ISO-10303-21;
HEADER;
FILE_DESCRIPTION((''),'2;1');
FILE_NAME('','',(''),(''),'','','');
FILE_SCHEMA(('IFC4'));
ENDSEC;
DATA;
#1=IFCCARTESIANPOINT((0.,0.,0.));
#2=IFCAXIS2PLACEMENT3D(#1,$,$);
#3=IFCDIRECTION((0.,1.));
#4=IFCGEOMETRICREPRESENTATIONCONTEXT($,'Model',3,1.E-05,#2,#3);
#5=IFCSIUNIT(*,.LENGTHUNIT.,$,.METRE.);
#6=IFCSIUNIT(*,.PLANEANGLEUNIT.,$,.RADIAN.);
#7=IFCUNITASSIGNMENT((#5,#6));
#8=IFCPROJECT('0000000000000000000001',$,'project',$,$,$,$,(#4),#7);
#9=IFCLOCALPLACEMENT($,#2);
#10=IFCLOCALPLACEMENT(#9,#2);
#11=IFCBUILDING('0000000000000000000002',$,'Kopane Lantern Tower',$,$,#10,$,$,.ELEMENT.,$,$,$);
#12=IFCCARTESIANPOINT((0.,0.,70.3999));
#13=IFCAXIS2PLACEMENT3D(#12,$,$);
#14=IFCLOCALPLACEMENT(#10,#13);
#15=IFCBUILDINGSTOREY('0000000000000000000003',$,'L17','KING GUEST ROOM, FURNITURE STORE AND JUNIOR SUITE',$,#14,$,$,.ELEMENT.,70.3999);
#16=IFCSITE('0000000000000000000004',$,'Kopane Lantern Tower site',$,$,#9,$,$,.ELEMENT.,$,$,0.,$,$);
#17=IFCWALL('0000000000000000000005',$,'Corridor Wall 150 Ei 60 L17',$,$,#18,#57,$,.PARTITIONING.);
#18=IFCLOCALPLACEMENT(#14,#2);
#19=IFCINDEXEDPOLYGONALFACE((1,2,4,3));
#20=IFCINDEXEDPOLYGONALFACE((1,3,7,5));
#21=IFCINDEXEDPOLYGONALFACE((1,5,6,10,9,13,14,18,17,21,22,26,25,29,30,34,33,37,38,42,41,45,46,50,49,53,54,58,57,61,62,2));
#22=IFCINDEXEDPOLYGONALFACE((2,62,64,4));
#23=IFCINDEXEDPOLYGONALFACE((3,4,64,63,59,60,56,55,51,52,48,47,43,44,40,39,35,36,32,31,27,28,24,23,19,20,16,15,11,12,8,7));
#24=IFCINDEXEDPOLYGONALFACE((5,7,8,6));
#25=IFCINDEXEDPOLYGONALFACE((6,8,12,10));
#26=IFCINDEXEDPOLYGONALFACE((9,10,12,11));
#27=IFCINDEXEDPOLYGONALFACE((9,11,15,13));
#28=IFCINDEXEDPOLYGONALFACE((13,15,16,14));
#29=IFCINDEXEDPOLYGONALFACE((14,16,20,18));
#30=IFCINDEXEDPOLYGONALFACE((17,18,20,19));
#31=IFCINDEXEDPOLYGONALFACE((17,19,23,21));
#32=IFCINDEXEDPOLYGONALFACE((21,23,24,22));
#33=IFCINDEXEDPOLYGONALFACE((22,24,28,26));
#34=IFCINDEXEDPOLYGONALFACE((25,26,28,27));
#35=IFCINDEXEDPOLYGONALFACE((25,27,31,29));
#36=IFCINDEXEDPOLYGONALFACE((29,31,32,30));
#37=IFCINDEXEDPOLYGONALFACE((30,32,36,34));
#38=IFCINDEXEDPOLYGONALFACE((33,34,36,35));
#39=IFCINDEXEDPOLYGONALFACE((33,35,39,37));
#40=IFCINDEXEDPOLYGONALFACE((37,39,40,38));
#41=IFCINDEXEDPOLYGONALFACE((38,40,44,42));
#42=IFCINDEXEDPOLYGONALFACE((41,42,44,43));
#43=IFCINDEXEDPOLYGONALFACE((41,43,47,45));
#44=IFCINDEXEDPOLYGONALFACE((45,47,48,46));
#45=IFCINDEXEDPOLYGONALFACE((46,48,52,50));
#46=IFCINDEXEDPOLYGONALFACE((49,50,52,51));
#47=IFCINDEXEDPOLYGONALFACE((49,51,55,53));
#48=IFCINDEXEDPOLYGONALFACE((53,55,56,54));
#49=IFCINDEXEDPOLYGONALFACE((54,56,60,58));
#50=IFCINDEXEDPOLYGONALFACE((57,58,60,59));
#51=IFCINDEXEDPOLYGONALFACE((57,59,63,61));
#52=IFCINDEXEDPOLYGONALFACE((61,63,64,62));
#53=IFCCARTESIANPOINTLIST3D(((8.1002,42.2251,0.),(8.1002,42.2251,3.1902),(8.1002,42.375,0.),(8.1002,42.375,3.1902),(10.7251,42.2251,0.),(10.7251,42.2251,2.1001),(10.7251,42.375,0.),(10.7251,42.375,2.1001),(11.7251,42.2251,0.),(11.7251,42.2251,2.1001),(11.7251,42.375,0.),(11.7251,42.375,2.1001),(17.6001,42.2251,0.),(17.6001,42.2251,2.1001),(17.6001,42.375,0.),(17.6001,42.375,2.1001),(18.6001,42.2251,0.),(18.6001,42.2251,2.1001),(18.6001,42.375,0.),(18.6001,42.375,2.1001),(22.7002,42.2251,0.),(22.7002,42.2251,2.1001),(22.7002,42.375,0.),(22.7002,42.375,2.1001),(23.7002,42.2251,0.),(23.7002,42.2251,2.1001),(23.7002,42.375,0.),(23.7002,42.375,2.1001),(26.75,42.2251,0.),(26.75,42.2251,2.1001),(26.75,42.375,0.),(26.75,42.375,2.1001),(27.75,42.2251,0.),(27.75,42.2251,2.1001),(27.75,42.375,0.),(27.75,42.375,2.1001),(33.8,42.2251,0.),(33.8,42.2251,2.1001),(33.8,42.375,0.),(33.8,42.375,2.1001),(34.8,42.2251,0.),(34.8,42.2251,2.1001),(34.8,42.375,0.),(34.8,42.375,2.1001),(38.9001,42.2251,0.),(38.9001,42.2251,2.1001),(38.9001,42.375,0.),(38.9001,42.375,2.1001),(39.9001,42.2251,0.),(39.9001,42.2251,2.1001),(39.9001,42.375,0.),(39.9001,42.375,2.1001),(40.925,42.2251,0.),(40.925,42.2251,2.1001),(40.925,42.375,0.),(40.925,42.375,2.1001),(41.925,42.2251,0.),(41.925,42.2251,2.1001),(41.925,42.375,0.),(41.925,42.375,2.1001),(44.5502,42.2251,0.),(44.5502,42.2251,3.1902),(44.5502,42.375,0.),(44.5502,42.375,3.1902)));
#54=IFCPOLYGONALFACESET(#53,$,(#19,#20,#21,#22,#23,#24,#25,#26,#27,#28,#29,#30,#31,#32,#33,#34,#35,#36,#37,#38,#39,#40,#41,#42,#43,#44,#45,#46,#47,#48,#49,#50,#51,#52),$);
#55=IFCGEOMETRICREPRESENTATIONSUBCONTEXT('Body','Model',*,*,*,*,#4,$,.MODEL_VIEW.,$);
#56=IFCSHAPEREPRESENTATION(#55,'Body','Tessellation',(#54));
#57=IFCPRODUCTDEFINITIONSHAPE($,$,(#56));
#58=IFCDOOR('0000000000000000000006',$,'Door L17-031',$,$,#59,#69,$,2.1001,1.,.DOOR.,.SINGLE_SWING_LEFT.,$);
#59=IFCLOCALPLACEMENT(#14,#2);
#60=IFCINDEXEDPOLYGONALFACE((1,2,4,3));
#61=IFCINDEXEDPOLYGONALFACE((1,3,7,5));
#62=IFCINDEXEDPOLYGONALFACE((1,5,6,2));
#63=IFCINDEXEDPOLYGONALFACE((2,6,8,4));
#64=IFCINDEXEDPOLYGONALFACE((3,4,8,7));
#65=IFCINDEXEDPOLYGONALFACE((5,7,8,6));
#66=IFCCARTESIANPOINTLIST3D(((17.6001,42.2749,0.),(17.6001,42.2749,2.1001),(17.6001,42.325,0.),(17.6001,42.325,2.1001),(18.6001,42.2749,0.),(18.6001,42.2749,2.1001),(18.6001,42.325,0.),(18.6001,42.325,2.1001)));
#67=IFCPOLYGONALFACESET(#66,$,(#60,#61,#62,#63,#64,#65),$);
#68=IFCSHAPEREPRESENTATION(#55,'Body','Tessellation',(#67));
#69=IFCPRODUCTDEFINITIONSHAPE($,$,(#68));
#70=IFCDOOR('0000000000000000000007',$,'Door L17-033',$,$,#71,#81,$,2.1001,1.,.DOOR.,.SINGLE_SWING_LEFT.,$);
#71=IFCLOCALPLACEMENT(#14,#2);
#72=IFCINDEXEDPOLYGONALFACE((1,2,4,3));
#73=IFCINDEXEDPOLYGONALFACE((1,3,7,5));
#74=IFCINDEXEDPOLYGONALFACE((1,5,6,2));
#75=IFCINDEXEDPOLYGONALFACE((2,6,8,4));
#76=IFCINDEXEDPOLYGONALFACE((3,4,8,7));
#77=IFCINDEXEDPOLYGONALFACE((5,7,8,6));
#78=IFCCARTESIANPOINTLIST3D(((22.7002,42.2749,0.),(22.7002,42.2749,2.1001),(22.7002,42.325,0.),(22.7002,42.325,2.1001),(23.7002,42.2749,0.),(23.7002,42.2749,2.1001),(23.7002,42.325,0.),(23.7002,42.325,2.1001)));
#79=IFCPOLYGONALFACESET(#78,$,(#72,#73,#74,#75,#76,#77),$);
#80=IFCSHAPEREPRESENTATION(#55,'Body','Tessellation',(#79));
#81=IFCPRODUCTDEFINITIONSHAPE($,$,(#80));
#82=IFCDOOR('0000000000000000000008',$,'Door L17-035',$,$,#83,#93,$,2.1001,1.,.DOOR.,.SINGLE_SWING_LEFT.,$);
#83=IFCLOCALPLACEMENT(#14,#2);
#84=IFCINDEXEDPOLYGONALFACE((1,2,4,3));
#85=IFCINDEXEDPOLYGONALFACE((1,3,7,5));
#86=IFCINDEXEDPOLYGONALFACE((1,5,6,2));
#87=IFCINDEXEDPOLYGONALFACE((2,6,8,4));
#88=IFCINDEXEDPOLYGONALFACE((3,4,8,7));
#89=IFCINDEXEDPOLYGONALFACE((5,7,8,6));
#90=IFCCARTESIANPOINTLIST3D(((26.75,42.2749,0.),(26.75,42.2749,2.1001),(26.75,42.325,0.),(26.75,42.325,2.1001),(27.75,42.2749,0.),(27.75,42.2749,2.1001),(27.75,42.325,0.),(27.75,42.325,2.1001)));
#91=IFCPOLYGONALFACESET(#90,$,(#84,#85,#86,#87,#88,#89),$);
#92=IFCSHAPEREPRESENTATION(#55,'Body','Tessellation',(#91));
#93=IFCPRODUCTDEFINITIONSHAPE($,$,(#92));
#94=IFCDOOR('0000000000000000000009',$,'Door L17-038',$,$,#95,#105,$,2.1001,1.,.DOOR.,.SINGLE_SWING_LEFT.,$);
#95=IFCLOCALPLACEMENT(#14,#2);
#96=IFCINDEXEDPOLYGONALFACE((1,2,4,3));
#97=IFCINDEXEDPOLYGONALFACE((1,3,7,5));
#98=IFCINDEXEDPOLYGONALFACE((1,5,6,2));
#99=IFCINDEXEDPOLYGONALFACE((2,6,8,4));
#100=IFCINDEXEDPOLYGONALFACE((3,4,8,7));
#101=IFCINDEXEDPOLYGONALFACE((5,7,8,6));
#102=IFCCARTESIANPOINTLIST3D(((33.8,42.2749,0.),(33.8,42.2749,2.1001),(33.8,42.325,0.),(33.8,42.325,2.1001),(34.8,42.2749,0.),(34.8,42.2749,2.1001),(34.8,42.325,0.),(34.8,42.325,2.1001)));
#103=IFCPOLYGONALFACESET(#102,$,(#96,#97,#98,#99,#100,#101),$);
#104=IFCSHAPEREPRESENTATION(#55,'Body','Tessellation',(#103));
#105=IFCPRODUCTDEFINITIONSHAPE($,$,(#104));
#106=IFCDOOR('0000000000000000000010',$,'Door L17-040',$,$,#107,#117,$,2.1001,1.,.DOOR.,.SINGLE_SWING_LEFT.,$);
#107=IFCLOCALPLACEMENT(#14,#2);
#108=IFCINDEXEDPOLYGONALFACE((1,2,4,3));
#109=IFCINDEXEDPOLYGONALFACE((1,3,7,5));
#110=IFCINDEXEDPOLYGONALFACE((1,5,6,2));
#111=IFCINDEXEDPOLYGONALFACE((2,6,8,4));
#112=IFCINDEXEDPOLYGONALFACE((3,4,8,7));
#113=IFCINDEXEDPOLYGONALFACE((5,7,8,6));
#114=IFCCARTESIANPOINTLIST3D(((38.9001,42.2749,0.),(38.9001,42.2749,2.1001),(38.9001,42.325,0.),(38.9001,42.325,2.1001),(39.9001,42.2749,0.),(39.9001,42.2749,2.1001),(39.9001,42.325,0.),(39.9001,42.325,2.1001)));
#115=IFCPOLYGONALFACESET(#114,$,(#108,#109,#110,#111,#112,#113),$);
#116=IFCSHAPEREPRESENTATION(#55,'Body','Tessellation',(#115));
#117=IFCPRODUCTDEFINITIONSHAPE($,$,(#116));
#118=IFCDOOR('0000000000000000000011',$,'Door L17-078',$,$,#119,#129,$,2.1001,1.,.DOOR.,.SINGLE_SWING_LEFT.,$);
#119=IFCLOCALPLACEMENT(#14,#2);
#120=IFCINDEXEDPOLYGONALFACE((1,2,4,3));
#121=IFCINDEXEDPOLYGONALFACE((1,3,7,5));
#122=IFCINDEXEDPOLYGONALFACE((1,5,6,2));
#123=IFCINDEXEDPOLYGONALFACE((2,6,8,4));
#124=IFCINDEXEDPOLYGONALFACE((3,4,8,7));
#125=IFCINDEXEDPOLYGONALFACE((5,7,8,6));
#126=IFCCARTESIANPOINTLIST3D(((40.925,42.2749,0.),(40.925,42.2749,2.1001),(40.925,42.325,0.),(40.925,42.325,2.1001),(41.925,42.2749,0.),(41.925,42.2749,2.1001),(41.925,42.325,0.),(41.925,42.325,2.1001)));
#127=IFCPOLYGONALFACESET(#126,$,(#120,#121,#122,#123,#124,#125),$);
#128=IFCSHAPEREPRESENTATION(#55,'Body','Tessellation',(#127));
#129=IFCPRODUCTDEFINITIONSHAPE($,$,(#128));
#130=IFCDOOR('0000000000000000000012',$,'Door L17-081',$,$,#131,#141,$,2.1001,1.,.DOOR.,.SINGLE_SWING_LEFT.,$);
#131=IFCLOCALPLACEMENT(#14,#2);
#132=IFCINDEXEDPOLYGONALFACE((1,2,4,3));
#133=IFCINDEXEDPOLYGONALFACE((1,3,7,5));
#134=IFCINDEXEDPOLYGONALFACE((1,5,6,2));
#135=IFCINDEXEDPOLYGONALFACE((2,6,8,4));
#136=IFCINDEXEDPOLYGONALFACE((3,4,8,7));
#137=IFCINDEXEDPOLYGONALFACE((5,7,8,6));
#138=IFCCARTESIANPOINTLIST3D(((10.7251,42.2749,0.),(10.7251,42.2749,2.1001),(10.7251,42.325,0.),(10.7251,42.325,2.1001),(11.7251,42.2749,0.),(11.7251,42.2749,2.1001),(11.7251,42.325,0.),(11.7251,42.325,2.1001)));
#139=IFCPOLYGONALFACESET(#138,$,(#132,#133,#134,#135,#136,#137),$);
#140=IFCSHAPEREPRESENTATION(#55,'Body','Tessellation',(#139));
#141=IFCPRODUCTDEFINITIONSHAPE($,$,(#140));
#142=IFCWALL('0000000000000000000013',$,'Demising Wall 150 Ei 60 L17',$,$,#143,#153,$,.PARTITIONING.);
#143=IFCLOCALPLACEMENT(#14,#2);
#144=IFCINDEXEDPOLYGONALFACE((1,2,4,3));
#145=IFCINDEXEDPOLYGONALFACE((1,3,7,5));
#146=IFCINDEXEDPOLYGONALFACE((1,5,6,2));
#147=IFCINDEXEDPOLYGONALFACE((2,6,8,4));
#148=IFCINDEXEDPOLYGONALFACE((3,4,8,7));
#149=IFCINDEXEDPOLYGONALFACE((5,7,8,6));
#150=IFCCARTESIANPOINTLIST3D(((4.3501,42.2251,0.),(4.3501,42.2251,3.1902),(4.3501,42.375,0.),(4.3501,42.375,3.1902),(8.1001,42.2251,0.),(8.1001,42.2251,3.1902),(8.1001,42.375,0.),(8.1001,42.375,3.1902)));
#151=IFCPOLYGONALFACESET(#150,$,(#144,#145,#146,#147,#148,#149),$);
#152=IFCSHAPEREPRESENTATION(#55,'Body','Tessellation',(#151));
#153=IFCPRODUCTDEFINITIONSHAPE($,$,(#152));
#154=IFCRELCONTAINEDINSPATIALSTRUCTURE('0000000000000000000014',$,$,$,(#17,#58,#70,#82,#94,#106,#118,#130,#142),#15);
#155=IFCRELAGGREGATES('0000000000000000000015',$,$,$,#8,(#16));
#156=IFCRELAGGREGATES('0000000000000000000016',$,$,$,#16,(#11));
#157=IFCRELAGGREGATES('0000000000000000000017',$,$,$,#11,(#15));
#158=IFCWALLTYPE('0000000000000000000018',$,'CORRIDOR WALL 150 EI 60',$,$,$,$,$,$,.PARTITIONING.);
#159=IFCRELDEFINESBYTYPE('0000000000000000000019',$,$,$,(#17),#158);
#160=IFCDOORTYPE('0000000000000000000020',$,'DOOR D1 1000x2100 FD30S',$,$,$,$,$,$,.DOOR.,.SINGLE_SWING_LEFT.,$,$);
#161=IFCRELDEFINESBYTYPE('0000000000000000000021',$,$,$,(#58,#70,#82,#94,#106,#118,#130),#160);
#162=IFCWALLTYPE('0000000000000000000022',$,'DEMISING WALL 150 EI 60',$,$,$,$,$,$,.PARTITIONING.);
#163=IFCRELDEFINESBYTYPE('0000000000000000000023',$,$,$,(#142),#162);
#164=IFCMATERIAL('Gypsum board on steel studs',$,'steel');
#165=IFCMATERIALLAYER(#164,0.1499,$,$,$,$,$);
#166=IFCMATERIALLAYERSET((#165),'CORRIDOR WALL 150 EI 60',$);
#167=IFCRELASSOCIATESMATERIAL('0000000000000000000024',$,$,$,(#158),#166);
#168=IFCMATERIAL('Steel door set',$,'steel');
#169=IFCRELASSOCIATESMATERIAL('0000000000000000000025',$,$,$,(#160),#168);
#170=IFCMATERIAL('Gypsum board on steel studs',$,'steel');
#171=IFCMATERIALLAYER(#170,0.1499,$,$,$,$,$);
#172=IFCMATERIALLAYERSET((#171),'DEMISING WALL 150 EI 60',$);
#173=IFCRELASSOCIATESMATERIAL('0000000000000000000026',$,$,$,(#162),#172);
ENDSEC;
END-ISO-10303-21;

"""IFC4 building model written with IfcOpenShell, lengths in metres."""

from ifc_helpers import new_model, si_unit, direction, frame, frame_2d, origin, place, context, subcontext, project, spatial, rectangle, extrude, material, layer, layer_set, type_object, element, fill, save


model = new_model("IFC4")

# Units and contexts
model_context = context("Model", 3, precision=1e-05, world=origin(), true_north=direction((0.0, 1.0)))
body_context = subcontext(model_context, "Body", "Model", "MODEL_VIEW")
ifc_project = project(units=[si_unit("LENGTHUNIT", "METRE"), si_unit("PLANEANGLEUNIT", "RADIAN")], contexts=[model_context])

# Site, building, storey
site_placement = place(None, origin())
site = spatial("IfcSite", under=ifc_project, at=site_placement, Name="Kopane Lantern Tower site", CompositionType="ELEMENT", RefElevation=0.0)
building_placement = place(site_placement, origin())
building = spatial("IfcBuilding", under=site, at=building_placement, Name="Kopane Lantern Tower", CompositionType="ELEMENT")
storey_placement = place(building_placement, frame((0.0, 0.0, 70.3999)))
storey = spatial("IfcBuildingStorey", under=building, at=storey_placement, Name="L17", Description="KING GUEST ROOM, FURNITURE STORE AND JUNIOR SUITE", CompositionType="ELEMENT", Elevation=70.3999)

# Wall, openings, doors
ifc_material_1 = material(Name="Gypsum board on steel studs", Category="steel")
ifc_layer_1 = layer(ifc_material_1, 0.1499)
ifc_layer_set_1 = layer_set([ifc_layer_1], Name="CORRIDOR WALL 150 EI 60")
wall_type_1 = type_object("IfcWallType", Name="CORRIDOR WALL 150 EI 60", PredefinedType="PARTITIONING", material=ifc_layer_set_1)
wall_1_placement = place(storey_placement, frame((8.1001, 42.3, 0.0), z_axis=(0.0, 0.0, 1.0), x_axis=(1.0, 0.0, 0.0)))
wall_1 = element("IfcWall", 1, at=wall_1_placement, inside=storey, type_object=wall_type_1, Name="Corridor Wall 150 Ei 60 L17", PredefinedType="PARTITIONING", context=body_context, shape_type="SweptSolid", body=[
    extrude(rectangle(XDim=36.45, YDim=0.1499, at=frame_2d((18.2251, 0.0))), origin(), (0.0, 0.0, 1.0), 3.1902),
])
opening_1_placement = place(wall_1_placement, frame((9.5, 0.0, 0.0)))
opening_1 = element("IfcOpeningElement", 2, at=opening_1_placement, cuts=wall_1, PredefinedType="OPENING", context=body_context, shape_type="SweptSolid", body=[
    extrude(rectangle(XDim=1.0, YDim=2.1001, at=frame_2d((0.5, 1.05))), frame((0.0, 0.085, 0.0), z_axis=(0.0, -1.0, 0.0), x_axis=(1.0, 0.0, 0.0)), (0.0, 0.0, 1.0), 0.1699),
])
opening_2_placement = place(wall_1_placement, frame((14.6001, 0.0, 0.0)))
opening_2 = element("IfcOpeningElement", 3, at=opening_2_placement, cuts=wall_1, PredefinedType="OPENING", context=body_context, shape_type="SweptSolid", body=[
    extrude(rectangle(XDim=1.0, YDim=2.1001, at=frame_2d((0.5, 1.05))), frame((0.0, 0.085, 0.0), z_axis=(0.0, -1.0, 0.0), x_axis=(1.0, 0.0, 0.0)), (0.0, 0.0, 1.0), 0.1699),
])
opening_3_placement = place(wall_1_placement, frame((18.6499, 0.0, 0.0)))
opening_3 = element("IfcOpeningElement", 4, at=opening_3_placement, cuts=wall_1, PredefinedType="OPENING", context=body_context, shape_type="SweptSolid", body=[
    extrude(rectangle(XDim=1.0, YDim=2.1001, at=frame_2d((0.5, 1.05))), frame((0.0, 0.085, 0.0), z_axis=(0.0, -1.0, 0.0), x_axis=(1.0, 0.0, 0.0)), (0.0, 0.0, 1.0), 0.1699),
])
opening_4_placement = place(wall_1_placement, frame((25.7, 0.0, 0.0)))
opening_4 = element("IfcOpeningElement", 5, at=opening_4_placement, cuts=wall_1, PredefinedType="OPENING", context=body_context, shape_type="SweptSolid", body=[
    extrude(rectangle(XDim=1.0, YDim=2.1001, at=frame_2d((0.5, 1.05))), frame((0.0, 0.085, 0.0), z_axis=(0.0, -1.0, 0.0), x_axis=(1.0, 0.0, 0.0)), (0.0, 0.0, 1.0), 0.1699),
])
opening_5_placement = place(wall_1_placement, frame((30.8, 0.0, 0.0)))
opening_5 = element("IfcOpeningElement", 6, at=opening_5_placement, cuts=wall_1, PredefinedType="OPENING", context=body_context, shape_type="SweptSolid", body=[
    extrude(rectangle(XDim=1.0, YDim=2.1001, at=frame_2d((0.5, 1.05))), frame((0.0, 0.085, 0.0), z_axis=(0.0, -1.0, 0.0), x_axis=(1.0, 0.0, 0.0)), (0.0, 0.0, 1.0), 0.1699),
])
opening_6_placement = place(wall_1_placement, frame((32.825, 0.0, 0.0)))
opening_6 = element("IfcOpeningElement", 7, at=opening_6_placement, cuts=wall_1, PredefinedType="OPENING", context=body_context, shape_type="SweptSolid", body=[
    extrude(rectangle(XDim=1.0, YDim=2.1001, at=frame_2d((0.5, 1.05))), frame((0.0, 0.085, 0.0), z_axis=(0.0, -1.0, 0.0), x_axis=(1.0, 0.0, 0.0)), (0.0, 0.0, 1.0), 0.1699),
])
opening_7_placement = place(wall_1_placement, frame((2.625, 0.0, 0.0)))
opening_7 = element("IfcOpeningElement", 8, at=opening_7_placement, cuts=wall_1, PredefinedType="OPENING", context=body_context, shape_type="SweptSolid", body=[
    extrude(rectangle(XDim=1.0, YDim=2.1001, at=frame_2d((0.5, 1.05))), frame((0.0, 0.085, 0.0), z_axis=(0.0, -1.0, 0.0), x_axis=(1.0, 0.0, 0.0)), (0.0, 0.0, 1.0), 0.1699),
])
ifc_material_2 = material(Name="Steel door set", Category="steel")
door_type = type_object("IfcDoorType", Name="DOOR D1 1000x2100 FD30S", OperationType="SINGLE_SWING_LEFT", PredefinedType="DOOR", material=ifc_material_2)
door_1_placement = place(opening_1_placement, origin())
door_1 = element("IfcDoor", 9, at=door_1_placement, inside=storey, type_object=door_type, Name="Door L17-031", OperationType="SINGLE_SWING_LEFT", OverallHeight=2.1001, OverallWidth=1.0, PredefinedType="DOOR", context=body_context, shape_type="SweptSolid", body=[
    extrude(rectangle(XDim=1.0, YDim=2.1001, at=frame_2d((0.5, 1.05))), frame((0.0, 0.0249, 0.0), z_axis=(0.0, -1.0, 0.0), x_axis=(1.0, 0.0, 0.0)), (0.0, 0.0, 1.0), 0.05),
])
fill(opening_1, door_1)
door_2_placement = place(opening_2_placement, origin())
door_2 = element("IfcDoor", 10, at=door_2_placement, inside=storey, type_object=door_type, Name="Door L17-033", OperationType="SINGLE_SWING_LEFT", OverallHeight=2.1001, OverallWidth=1.0, PredefinedType="DOOR", context=body_context, shape_type="SweptSolid", body=[
    extrude(rectangle(XDim=1.0, YDim=2.1001, at=frame_2d((0.5, 1.05))), frame((0.0, 0.0249, 0.0), z_axis=(0.0, -1.0, 0.0), x_axis=(1.0, 0.0, 0.0)), (0.0, 0.0, 1.0), 0.05),
])
fill(opening_2, door_2)
door_3_placement = place(opening_3_placement, origin())
door_3 = element("IfcDoor", 11, at=door_3_placement, inside=storey, type_object=door_type, Name="Door L17-035", OperationType="SINGLE_SWING_LEFT", OverallHeight=2.1001, OverallWidth=1.0, PredefinedType="DOOR", context=body_context, shape_type="SweptSolid", body=[
    extrude(rectangle(XDim=1.0, YDim=2.1001, at=frame_2d((0.5, 1.05))), frame((0.0, 0.0249, 0.0), z_axis=(0.0, -1.0, 0.0), x_axis=(1.0, 0.0, 0.0)), (0.0, 0.0, 1.0), 0.05),
])
fill(opening_3, door_3)
door_4_placement = place(opening_4_placement, origin())
door_4 = element("IfcDoor", 12, at=door_4_placement, inside=storey, type_object=door_type, Name="Door L17-038", OperationType="SINGLE_SWING_LEFT", OverallHeight=2.1001, OverallWidth=1.0, PredefinedType="DOOR", context=body_context, shape_type="SweptSolid", body=[
    extrude(rectangle(XDim=1.0, YDim=2.1001, at=frame_2d((0.5, 1.05))), frame((0.0, 0.0249, 0.0), z_axis=(0.0, -1.0, 0.0), x_axis=(1.0, 0.0, 0.0)), (0.0, 0.0, 1.0), 0.05),
])
fill(opening_4, door_4)
door_5_placement = place(opening_5_placement, origin())
door_5 = element("IfcDoor", 13, at=door_5_placement, inside=storey, type_object=door_type, Name="Door L17-040", OperationType="SINGLE_SWING_LEFT", OverallHeight=2.1001, OverallWidth=1.0, PredefinedType="DOOR", context=body_context, shape_type="SweptSolid", body=[
    extrude(rectangle(XDim=1.0, YDim=2.1001, at=frame_2d((0.5, 1.05))), frame((0.0, 0.0249, 0.0), z_axis=(0.0, -1.0, 0.0), x_axis=(1.0, 0.0, 0.0)), (0.0, 0.0, 1.0), 0.05),
])
fill(opening_5, door_5)
door_6_placement = place(opening_6_placement, origin())
door_6 = element("IfcDoor", 14, at=door_6_placement, inside=storey, type_object=door_type, Name="Door L17-078", OperationType="SINGLE_SWING_LEFT", OverallHeight=2.1001, OverallWidth=1.0, PredefinedType="DOOR", context=body_context, shape_type="SweptSolid", body=[
    extrude(rectangle(XDim=1.0, YDim=2.1001, at=frame_2d((0.5, 1.05))), frame((0.0, 0.0249, 0.0), z_axis=(0.0, -1.0, 0.0), x_axis=(1.0, 0.0, 0.0)), (0.0, 0.0, 1.0), 0.05),
])
fill(opening_6, door_6)
door_7_placement = place(opening_7_placement, origin())
door_7 = element("IfcDoor", 15, at=door_7_placement, inside=storey, type_object=door_type, Name="Door L17-081", OperationType="SINGLE_SWING_LEFT", OverallHeight=2.1001, OverallWidth=1.0, PredefinedType="DOOR", context=body_context, shape_type="SweptSolid", body=[
    extrude(rectangle(XDim=1.0, YDim=2.1001, at=frame_2d((0.5, 1.05))), frame((0.0, 0.0249, 0.0), z_axis=(0.0, -1.0, 0.0), x_axis=(1.0, 0.0, 0.0)), (0.0, 0.0, 1.0), 0.05),
])
fill(opening_7, door_7)

# Wall
ifc_material_3 = material(Name="Gypsum board on steel studs", Category="steel")
ifc_layer_2 = layer(ifc_material_3, 0.1499)
ifc_layer_set_2 = layer_set([ifc_layer_2], Name="DEMISING WALL 150 EI 60")
wall_type_2 = type_object("IfcWallType", Name="DEMISING WALL 150 EI 60", PredefinedType="PARTITIONING", material=ifc_layer_set_2)
wall_2_placement = place(storey_placement, frame((4.3501, 42.3, 0.0), z_axis=(0.0, 0.0, 1.0), x_axis=(1.0, 0.0, 0.0)))
element("IfcWall", 16, at=wall_2_placement, inside=storey, type_object=wall_type_2, Name="Demising Wall 150 Ei 60 L17", PredefinedType="PARTITIONING", context=body_context, shape_type="SweptSolid", body=[
    extrude(rectangle(XDim=3.75, YDim=0.1499, at=frame_2d((1.875, 0.0))), origin(), (0.0, 0.0, 1.0), 3.1902),
])

save(model, "model.ifc")
